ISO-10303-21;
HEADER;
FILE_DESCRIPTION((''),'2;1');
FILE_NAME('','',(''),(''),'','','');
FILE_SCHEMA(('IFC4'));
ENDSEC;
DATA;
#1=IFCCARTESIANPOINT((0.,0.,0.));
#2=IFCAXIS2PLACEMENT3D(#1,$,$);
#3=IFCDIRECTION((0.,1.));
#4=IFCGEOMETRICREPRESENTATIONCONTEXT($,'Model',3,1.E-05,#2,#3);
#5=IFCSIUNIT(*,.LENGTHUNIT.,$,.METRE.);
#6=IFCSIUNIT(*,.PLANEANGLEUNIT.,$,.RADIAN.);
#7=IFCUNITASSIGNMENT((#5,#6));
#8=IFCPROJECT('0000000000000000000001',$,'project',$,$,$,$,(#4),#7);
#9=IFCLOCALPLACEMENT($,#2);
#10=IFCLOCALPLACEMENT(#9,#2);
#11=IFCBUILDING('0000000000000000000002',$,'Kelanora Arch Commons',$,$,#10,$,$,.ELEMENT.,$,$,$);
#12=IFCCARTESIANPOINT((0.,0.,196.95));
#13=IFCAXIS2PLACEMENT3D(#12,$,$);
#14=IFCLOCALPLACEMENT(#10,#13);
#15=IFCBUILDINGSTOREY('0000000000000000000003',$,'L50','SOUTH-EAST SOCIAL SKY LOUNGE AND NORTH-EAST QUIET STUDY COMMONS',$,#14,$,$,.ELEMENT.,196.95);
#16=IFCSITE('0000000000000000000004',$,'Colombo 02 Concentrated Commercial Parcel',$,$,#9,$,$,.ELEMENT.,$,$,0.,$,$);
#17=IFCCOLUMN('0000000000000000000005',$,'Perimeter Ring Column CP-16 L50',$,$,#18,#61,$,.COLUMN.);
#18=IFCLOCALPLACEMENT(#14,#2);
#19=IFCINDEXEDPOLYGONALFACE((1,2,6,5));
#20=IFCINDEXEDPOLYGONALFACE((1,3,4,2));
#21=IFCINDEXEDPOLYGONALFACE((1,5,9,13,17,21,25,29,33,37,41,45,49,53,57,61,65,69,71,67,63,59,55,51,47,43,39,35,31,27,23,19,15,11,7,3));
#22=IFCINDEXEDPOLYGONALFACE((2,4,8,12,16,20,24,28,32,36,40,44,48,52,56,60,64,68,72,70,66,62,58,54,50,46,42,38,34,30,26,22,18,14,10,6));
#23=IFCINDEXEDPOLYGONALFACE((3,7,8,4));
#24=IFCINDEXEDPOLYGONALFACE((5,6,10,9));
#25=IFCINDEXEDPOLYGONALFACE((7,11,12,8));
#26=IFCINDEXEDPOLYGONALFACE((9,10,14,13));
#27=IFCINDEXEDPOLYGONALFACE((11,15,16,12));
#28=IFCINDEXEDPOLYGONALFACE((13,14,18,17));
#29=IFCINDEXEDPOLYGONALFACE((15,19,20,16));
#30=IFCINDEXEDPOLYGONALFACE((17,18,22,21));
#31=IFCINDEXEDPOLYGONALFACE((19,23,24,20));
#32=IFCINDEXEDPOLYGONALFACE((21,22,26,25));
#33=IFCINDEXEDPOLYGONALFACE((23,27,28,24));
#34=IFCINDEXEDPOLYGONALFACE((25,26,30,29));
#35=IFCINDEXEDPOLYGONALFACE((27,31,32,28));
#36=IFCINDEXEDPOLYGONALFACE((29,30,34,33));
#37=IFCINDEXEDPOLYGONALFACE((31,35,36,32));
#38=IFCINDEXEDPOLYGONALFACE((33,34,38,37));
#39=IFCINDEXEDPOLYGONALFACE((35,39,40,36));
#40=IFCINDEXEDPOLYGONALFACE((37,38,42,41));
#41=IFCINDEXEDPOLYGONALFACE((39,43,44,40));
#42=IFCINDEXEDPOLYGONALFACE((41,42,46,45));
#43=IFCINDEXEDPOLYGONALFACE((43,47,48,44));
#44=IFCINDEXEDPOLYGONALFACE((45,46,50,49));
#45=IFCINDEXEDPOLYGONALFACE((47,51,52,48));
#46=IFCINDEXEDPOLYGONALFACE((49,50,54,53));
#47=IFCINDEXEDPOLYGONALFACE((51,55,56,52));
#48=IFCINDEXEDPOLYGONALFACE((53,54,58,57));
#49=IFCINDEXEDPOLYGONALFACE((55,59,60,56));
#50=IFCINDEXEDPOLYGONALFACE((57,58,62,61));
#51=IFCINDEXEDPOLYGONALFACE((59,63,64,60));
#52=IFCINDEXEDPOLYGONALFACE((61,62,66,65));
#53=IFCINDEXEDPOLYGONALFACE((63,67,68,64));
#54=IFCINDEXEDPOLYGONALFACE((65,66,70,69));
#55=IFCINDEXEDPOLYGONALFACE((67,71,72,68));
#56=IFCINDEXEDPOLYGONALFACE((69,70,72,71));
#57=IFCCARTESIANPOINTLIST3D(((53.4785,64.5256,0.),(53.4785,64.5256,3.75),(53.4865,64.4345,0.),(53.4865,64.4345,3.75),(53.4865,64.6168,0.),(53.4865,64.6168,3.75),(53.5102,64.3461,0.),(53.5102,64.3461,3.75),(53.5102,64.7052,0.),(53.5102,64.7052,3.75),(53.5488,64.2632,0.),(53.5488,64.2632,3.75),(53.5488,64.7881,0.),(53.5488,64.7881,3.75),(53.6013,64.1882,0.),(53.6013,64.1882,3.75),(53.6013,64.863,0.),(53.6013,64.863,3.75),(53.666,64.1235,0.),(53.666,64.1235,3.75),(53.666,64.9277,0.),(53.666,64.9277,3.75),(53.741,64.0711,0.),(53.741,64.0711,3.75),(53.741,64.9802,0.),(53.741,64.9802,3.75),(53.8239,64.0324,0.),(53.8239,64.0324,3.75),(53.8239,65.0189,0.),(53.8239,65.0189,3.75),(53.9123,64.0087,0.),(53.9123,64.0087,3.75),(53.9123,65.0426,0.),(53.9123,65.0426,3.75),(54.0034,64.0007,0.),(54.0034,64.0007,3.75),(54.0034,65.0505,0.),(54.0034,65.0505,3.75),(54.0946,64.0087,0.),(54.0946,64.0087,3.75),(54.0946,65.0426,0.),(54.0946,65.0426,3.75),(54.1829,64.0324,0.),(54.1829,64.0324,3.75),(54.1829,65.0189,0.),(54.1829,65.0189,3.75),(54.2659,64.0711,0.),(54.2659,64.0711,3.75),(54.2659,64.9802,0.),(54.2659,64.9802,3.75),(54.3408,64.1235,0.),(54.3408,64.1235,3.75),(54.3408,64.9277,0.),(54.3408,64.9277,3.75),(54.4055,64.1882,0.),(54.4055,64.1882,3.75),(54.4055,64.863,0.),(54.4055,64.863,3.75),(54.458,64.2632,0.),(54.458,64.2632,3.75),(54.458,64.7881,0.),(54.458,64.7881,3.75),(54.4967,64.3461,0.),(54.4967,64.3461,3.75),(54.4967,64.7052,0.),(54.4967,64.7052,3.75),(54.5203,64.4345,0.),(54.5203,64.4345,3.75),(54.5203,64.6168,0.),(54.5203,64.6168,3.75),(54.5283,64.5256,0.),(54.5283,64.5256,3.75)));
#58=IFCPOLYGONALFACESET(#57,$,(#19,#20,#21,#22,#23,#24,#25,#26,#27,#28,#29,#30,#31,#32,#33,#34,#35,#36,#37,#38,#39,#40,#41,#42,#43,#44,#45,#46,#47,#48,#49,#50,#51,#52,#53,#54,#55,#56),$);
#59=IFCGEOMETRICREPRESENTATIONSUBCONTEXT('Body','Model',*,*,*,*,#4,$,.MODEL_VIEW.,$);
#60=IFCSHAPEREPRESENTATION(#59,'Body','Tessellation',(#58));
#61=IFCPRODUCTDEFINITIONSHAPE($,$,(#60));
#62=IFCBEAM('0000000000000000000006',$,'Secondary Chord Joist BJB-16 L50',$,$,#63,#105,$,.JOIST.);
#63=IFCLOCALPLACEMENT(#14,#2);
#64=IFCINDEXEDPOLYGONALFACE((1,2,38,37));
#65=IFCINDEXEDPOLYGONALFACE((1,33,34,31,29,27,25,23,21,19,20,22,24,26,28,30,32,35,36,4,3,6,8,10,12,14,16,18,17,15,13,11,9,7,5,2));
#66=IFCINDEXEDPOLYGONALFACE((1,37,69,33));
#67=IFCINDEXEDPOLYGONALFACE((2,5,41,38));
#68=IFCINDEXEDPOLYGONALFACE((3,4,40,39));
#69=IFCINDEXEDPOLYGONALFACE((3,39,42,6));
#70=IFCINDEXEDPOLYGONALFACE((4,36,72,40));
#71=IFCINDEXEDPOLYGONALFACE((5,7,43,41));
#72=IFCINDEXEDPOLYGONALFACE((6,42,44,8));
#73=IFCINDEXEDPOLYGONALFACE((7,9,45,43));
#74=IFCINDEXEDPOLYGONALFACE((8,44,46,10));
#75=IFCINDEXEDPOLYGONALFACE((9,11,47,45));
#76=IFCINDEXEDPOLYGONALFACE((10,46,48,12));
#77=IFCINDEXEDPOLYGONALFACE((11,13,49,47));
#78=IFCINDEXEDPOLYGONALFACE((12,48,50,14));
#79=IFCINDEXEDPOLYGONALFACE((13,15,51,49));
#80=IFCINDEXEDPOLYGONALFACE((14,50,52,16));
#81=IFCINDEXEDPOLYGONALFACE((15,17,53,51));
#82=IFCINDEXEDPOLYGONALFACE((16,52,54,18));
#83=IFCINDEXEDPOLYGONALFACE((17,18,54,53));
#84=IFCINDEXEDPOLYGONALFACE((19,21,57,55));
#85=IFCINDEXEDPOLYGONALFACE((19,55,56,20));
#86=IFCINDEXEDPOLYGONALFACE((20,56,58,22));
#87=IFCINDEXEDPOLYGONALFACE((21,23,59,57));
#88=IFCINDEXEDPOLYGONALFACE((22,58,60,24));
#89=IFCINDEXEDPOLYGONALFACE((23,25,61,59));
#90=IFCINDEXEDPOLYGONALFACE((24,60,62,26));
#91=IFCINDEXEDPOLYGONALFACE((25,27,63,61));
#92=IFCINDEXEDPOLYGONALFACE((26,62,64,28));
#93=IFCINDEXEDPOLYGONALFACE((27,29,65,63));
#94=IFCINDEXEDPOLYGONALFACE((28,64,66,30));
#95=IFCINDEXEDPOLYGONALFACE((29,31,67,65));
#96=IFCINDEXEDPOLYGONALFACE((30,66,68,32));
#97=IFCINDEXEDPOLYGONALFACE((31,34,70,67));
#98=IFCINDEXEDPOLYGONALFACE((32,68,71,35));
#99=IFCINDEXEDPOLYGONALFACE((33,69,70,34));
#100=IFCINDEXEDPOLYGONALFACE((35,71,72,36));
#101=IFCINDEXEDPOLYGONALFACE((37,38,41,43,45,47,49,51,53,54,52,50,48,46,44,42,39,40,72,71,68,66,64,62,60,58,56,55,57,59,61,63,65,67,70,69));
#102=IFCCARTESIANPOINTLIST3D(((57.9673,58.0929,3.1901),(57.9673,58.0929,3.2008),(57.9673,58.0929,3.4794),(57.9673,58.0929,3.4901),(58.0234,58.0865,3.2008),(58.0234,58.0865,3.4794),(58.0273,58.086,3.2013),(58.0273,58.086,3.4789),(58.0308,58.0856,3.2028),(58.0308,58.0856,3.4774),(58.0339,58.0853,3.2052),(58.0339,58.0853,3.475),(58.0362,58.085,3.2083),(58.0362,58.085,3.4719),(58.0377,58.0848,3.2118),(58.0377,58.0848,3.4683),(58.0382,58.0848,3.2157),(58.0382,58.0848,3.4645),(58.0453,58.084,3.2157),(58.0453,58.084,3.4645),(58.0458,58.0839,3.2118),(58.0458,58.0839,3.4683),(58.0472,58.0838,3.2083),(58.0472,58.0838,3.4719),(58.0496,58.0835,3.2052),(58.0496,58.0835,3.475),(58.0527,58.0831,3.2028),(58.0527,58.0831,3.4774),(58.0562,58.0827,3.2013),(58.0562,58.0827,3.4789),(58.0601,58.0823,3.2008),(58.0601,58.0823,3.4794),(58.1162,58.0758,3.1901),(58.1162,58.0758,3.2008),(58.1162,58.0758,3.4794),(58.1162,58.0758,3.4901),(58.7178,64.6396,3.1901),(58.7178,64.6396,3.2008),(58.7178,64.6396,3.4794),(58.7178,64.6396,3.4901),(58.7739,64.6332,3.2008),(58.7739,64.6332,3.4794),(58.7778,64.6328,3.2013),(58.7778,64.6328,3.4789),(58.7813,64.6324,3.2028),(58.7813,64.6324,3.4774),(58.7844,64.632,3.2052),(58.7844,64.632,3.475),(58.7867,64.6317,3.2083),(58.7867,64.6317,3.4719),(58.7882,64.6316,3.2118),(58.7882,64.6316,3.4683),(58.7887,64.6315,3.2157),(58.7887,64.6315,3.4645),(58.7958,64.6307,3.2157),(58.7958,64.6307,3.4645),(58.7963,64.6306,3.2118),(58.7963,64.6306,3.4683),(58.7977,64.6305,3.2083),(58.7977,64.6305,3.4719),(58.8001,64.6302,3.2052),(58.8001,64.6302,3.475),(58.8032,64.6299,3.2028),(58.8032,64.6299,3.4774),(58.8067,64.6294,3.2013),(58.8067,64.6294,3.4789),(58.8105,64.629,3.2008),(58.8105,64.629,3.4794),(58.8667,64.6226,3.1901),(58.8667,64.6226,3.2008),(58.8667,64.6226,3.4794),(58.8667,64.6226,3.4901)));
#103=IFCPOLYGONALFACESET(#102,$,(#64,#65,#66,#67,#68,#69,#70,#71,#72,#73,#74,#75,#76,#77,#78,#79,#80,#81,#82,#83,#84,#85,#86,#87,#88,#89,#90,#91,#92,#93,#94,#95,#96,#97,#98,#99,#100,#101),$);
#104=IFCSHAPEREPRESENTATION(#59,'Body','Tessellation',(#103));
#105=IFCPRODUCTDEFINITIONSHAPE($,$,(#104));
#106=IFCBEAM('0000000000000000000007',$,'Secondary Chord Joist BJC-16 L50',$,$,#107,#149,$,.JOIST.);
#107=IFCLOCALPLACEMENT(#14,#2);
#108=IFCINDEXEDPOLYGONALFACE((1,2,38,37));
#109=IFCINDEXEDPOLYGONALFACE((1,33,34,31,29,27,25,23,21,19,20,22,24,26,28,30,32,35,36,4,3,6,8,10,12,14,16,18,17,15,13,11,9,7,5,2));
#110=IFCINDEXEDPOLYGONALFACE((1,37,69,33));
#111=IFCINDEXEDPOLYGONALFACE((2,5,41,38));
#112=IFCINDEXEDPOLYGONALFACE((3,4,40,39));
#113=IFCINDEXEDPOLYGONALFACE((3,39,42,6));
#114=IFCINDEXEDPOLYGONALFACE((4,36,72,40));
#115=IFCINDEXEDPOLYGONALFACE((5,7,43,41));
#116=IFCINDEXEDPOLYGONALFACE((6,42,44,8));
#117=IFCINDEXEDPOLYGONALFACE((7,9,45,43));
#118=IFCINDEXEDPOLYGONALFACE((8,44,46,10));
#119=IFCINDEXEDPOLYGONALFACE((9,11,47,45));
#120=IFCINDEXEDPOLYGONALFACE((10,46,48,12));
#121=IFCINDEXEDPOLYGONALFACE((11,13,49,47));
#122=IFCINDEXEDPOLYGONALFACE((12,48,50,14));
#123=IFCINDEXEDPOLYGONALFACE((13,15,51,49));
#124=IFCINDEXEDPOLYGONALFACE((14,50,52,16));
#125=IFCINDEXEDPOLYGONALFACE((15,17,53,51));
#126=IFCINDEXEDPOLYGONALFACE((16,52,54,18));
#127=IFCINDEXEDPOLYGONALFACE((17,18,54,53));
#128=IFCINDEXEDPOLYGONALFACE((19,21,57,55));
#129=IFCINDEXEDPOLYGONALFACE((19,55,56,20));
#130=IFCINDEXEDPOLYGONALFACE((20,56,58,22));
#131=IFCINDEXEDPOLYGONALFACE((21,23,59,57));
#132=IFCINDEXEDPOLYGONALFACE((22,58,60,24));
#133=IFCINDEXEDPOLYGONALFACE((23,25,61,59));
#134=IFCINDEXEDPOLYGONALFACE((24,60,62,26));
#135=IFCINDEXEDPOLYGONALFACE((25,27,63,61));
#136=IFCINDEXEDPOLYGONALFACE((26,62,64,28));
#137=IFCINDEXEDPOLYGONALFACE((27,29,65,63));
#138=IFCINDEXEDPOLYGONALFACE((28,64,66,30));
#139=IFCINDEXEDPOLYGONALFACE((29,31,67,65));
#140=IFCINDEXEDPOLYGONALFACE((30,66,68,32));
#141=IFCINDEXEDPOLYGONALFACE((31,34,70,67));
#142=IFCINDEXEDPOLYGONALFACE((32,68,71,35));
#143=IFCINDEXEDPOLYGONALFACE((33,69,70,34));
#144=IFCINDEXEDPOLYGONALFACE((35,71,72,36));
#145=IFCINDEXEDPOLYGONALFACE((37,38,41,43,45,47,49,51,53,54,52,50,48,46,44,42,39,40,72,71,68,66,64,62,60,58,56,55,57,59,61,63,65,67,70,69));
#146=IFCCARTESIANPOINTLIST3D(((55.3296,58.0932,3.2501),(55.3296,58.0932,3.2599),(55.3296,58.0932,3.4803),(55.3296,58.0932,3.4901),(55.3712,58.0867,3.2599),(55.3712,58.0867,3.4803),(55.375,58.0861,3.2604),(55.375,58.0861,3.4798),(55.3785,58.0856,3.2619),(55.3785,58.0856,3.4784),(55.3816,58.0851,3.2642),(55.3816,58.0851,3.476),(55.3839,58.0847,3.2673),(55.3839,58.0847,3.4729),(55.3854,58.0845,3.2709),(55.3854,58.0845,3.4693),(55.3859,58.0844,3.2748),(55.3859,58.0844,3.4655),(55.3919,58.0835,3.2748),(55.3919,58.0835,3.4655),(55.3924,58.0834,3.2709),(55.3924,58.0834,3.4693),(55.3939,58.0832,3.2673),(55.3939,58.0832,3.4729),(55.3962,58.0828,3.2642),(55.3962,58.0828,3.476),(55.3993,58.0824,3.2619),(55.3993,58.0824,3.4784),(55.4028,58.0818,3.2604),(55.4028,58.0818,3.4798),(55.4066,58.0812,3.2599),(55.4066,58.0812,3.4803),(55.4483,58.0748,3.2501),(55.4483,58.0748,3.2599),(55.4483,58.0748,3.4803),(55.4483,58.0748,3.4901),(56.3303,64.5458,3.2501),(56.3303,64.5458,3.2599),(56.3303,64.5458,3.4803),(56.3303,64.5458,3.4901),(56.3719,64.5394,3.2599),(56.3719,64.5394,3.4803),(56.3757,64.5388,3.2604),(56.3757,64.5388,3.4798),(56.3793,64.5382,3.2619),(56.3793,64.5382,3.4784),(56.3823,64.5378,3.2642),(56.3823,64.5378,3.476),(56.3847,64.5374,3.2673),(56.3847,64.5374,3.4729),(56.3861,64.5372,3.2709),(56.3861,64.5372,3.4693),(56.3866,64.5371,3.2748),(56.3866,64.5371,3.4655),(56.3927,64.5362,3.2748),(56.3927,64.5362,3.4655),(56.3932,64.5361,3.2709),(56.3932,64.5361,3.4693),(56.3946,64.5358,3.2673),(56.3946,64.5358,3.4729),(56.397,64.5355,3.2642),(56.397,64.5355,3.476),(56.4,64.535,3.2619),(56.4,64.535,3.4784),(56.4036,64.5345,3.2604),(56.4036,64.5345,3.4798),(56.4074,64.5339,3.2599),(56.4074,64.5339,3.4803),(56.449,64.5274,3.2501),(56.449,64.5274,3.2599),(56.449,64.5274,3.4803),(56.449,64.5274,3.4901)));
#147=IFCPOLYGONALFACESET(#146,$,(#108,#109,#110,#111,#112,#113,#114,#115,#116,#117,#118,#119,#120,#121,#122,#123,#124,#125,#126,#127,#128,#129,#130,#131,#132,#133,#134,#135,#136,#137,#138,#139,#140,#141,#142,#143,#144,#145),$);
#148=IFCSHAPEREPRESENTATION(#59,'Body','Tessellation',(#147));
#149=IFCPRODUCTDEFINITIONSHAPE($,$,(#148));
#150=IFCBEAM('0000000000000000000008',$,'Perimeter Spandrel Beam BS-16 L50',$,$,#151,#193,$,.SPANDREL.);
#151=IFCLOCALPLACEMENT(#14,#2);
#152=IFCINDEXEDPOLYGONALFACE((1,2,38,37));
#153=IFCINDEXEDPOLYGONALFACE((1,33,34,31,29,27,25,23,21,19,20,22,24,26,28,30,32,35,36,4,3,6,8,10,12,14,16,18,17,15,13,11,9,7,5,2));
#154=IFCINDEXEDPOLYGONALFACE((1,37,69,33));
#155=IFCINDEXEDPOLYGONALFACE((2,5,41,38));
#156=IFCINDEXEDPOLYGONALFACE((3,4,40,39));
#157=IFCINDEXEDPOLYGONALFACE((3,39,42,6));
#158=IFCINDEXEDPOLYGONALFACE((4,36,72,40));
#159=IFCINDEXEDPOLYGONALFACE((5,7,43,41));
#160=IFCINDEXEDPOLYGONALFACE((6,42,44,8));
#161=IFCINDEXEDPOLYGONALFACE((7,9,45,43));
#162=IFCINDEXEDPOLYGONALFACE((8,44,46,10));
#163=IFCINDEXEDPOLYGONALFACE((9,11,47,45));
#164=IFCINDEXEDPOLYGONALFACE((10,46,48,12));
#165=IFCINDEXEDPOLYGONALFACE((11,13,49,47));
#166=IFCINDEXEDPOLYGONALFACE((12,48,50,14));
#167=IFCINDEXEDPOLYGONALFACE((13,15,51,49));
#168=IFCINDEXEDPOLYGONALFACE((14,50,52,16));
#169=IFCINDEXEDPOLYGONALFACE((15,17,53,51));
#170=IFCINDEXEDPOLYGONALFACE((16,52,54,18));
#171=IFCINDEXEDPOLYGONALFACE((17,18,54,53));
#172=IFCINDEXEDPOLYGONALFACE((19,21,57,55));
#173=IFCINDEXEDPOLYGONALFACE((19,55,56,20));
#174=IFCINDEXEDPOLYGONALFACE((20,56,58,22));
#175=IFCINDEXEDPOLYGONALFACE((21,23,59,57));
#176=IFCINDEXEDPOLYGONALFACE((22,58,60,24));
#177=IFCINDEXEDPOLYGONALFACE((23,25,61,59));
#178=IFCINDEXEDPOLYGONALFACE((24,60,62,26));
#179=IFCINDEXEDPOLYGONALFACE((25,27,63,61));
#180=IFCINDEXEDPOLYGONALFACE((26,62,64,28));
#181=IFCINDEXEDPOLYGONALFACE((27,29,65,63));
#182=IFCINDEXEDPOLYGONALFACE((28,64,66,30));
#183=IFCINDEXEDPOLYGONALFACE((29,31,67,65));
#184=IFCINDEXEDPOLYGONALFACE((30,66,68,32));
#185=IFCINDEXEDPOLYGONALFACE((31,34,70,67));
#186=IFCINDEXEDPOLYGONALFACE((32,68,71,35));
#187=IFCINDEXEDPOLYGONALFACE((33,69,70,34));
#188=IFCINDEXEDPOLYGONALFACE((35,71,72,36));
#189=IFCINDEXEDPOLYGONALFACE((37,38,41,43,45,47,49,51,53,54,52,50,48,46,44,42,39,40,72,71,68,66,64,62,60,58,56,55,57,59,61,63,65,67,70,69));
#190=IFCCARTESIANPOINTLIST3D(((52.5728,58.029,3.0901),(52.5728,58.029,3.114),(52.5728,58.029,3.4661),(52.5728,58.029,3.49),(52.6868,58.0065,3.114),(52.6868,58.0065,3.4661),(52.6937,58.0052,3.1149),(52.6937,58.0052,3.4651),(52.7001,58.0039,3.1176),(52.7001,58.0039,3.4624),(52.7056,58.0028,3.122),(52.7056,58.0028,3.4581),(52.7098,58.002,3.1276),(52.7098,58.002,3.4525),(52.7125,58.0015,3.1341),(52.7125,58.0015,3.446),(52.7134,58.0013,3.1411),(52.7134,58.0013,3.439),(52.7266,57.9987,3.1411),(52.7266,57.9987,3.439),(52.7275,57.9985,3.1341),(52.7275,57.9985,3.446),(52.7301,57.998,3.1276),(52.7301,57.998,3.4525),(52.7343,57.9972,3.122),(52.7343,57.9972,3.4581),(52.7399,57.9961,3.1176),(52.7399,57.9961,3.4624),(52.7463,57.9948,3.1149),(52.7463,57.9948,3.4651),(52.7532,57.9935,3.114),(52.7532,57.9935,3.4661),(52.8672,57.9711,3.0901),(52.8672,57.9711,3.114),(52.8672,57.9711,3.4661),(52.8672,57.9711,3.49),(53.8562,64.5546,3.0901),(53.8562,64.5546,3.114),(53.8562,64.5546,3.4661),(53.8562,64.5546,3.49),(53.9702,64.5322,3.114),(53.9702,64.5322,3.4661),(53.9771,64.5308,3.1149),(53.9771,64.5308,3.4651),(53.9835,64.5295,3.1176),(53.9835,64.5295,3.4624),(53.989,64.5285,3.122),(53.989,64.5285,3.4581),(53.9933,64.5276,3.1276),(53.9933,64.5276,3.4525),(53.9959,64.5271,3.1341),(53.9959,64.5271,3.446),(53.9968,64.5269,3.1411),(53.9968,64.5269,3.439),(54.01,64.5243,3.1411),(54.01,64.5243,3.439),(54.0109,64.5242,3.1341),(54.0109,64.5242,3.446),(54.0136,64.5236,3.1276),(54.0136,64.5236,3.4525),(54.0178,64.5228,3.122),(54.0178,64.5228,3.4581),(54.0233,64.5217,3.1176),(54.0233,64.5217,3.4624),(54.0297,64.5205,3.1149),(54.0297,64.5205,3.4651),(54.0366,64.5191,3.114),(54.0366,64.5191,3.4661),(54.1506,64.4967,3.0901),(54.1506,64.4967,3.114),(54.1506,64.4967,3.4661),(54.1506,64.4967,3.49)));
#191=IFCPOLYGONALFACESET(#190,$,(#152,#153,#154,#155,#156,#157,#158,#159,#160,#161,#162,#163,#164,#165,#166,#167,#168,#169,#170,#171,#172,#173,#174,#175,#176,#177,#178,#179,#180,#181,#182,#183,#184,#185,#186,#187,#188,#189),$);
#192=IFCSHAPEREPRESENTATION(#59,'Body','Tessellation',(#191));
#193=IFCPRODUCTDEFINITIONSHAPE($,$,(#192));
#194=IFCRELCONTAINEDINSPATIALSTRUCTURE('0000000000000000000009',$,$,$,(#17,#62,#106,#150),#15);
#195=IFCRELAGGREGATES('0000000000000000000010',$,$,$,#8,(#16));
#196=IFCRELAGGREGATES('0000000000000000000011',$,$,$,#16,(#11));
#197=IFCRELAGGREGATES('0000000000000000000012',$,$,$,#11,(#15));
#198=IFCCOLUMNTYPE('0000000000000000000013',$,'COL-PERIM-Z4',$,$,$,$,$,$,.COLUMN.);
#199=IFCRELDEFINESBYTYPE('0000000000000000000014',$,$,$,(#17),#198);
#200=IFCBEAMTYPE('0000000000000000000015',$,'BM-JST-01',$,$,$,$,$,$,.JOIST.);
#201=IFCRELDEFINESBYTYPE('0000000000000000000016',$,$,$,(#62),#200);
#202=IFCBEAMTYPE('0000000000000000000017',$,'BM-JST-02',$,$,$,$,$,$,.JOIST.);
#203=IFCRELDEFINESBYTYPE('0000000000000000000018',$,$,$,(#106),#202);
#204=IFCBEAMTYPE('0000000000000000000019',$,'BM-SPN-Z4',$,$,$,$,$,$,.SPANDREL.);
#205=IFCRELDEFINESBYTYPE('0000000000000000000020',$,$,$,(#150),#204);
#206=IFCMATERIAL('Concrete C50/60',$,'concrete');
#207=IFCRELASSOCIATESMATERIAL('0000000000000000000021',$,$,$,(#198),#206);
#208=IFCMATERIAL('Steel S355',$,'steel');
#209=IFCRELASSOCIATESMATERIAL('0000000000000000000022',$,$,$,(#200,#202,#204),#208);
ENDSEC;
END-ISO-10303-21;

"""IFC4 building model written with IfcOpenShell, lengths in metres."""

from ifc_helpers import new_model, si_unit, direction, frame, origin, origin_2d, place, context, subcontext, project, spatial, circle, i_section, extrude, material, material_profile, profile_set, type_object, element, save


model = new_model("IFC4")

# Units and contexts
model_context = context("Model", 3, precision=1e-05, world=origin(), true_north=direction((0.0, 1.0)))
body_context = subcontext(model_context, "Body", "Model", "MODEL_VIEW")
ifc_project = project(units=[si_unit("LENGTHUNIT", "METRE"), si_unit("PLANEANGLEUNIT", "RADIAN")], contexts=[model_context])

# Site, building, storey
site_placement = place(None, origin())
site = spatial("IfcSite", under=ifc_project, at=site_placement, Name="Colombo 02 Concentrated Commercial Parcel", CompositionType="ELEMENT", RefElevation=0.0)
building_placement = place(site_placement, origin())
building = spatial("IfcBuilding", under=site, at=building_placement, Name="Kelanora Arch Commons", CompositionType="ELEMENT")
storey_placement = place(building_placement, frame((0.0, 0.0, 196.95)))
storey = spatial("IfcBuildingStorey", under=building, at=storey_placement, Name="L50", Description="SOUTH-EAST SOCIAL SKY LOUNGE AND NORTH-EAST QUIET STUDY COMMONS", CompositionType="ELEMENT", Elevation=196.95)

# Column
ifc_material_1 = material(Name="Concrete C50/60", Category="concrete")
ifc_material_profile_1 = material_profile(ifc_material_1, circle(Radius=0.5249, at=origin_2d()), Name="RCC1050")
ifc_profile_set_1 = profile_set([ifc_material_profile_1], Name="Concrete C50/60")
column_type = type_object("IfcColumnType", Name="COL-PERIM-Z4", PredefinedType="COLUMN", material=ifc_profile_set_1)
column_placement = place(storey_placement, frame((54.0034, 64.5256, 0.0), z_axis=(0.0, 0.0, 1.0), x_axis=(1.0, 0.0, 0.0)))
element("IfcColumn", 1, at=column_placement, inside=storey, type_object=column_type, Name="Perimeter Ring Column CP-16 L50", PredefinedType="COLUMN", context=body_context, shape_type="SweptSolid", body=[
    extrude(circle(Radius=0.5249, at=origin_2d()), origin(), (0.0, 0.0, 1.0), 3.75),
])

# Beams
ifc_material_2 = material(Name="Steel S355", Category="steel")
ifc_material_profile_2 = material_profile(ifc_material_2, i_section(OverallWidth=0.1499, OverallDepth=0.3, WebThickness=0.0071, FlangeThickness=0.0107, FilletRadius=0.0149, at=origin_2d()), Name="IPE300")
ifc_profile_set_2 = profile_set([ifc_material_profile_2], Name="Steel S355")
beam_type_1 = type_object("IfcBeamType", Name="BM-JST-01", PredefinedType="JOIST", material=ifc_profile_set_2)
beam_1_placement = place(storey_placement, frame((58.7922, 64.6311, 3.3401), z_axis=(-0.113891, -0.993493, 0.0), x_axis=(0.993493, -0.113891, 0.0)))
element("IfcBeam", 2, at=beam_1_placement, inside=storey, type_object=beam_type_1, Name="Secondary Chord Joist BJB-16 L50", PredefinedType="JOIST", context=body_context, shape_type="SweptSolid", body=[
    extrude(i_section(OverallWidth=0.1499, OverallDepth=0.3, WebThickness=0.0071, FlangeThickness=0.0107, FilletRadius=0.0149, at=origin_2d()), origin(), (0.0, 0.0, 1.0), 6.5896),
])
ifc_material_profile_3 = material_profile(ifc_material_2, i_section(OverallWidth=0.1201, OverallDepth=0.24, WebThickness=0.0061, FlangeThickness=0.0098, FilletRadius=0.0149, at=origin_2d()), Name="IPE240")
ifc_profile_set_3 = profile_set([ifc_material_profile_3], Name="Steel S355")
beam_type_2 = type_object("IfcBeamType", Name="BM-JST-02", PredefinedType="JOIST", material=ifc_profile_set_3)
beam_2_placement = place(storey_placement, frame((56.3896, 64.5366, 3.3701), z_axis=(-0.153257, -0.988186, 0.0), x_axis=(0.988186, -0.153257, 0.0)))
element("IfcBeam", 3, at=beam_2_placement, inside=storey, type_object=beam_type_2, Name="Secondary Chord Joist BJC-16 L50", PredefinedType="JOIST", context=body_context, shape_type="SweptSolid", body=[
    extrude(i_section(OverallWidth=0.1201, OverallDepth=0.24, WebThickness=0.0061, FlangeThickness=0.0098, FilletRadius=0.0149, at=origin_2d()), origin(), (0.0, 0.0, 1.0), 6.5298),
])
ifc_material_profile_4 = material_profile(ifc_material_2, i_section(OverallWidth=0.3, OverallDepth=0.3999, WebThickness=0.0134, FlangeThickness=0.0239, FilletRadius=0.0271, at=origin_2d()), Name="HEB400")
ifc_profile_set_4 = profile_set([ifc_material_profile_4], Name="Steel S355")
beam_type_3 = type_object("IfcBeamType", Name="BM-SPN-Z4", PredefinedType="SPANDREL", material=ifc_profile_set_4)
beam_3_placement = place(storey_placement, frame((54.0034, 64.5256, 3.29), z_axis=(-0.192981, -0.981203, 0.0), x_axis=(0.981203, -0.192981, 0.0)))
element("IfcBeam", 4, at=beam_3_placement, inside=storey, type_object=beam_type_3, Name="Perimeter Spandrel Beam BS-16 L50", PredefinedType="SPANDREL", context=body_context, shape_type="SweptSolid", body=[
    extrude(i_section(OverallWidth=0.3, OverallDepth=0.3999, WebThickness=0.0134, FlangeThickness=0.0239, FilletRadius=0.0271, at=origin_2d()), origin(), (0.0, 0.0, 1.0), 6.6506),
])

save(model, "model.ifc")
